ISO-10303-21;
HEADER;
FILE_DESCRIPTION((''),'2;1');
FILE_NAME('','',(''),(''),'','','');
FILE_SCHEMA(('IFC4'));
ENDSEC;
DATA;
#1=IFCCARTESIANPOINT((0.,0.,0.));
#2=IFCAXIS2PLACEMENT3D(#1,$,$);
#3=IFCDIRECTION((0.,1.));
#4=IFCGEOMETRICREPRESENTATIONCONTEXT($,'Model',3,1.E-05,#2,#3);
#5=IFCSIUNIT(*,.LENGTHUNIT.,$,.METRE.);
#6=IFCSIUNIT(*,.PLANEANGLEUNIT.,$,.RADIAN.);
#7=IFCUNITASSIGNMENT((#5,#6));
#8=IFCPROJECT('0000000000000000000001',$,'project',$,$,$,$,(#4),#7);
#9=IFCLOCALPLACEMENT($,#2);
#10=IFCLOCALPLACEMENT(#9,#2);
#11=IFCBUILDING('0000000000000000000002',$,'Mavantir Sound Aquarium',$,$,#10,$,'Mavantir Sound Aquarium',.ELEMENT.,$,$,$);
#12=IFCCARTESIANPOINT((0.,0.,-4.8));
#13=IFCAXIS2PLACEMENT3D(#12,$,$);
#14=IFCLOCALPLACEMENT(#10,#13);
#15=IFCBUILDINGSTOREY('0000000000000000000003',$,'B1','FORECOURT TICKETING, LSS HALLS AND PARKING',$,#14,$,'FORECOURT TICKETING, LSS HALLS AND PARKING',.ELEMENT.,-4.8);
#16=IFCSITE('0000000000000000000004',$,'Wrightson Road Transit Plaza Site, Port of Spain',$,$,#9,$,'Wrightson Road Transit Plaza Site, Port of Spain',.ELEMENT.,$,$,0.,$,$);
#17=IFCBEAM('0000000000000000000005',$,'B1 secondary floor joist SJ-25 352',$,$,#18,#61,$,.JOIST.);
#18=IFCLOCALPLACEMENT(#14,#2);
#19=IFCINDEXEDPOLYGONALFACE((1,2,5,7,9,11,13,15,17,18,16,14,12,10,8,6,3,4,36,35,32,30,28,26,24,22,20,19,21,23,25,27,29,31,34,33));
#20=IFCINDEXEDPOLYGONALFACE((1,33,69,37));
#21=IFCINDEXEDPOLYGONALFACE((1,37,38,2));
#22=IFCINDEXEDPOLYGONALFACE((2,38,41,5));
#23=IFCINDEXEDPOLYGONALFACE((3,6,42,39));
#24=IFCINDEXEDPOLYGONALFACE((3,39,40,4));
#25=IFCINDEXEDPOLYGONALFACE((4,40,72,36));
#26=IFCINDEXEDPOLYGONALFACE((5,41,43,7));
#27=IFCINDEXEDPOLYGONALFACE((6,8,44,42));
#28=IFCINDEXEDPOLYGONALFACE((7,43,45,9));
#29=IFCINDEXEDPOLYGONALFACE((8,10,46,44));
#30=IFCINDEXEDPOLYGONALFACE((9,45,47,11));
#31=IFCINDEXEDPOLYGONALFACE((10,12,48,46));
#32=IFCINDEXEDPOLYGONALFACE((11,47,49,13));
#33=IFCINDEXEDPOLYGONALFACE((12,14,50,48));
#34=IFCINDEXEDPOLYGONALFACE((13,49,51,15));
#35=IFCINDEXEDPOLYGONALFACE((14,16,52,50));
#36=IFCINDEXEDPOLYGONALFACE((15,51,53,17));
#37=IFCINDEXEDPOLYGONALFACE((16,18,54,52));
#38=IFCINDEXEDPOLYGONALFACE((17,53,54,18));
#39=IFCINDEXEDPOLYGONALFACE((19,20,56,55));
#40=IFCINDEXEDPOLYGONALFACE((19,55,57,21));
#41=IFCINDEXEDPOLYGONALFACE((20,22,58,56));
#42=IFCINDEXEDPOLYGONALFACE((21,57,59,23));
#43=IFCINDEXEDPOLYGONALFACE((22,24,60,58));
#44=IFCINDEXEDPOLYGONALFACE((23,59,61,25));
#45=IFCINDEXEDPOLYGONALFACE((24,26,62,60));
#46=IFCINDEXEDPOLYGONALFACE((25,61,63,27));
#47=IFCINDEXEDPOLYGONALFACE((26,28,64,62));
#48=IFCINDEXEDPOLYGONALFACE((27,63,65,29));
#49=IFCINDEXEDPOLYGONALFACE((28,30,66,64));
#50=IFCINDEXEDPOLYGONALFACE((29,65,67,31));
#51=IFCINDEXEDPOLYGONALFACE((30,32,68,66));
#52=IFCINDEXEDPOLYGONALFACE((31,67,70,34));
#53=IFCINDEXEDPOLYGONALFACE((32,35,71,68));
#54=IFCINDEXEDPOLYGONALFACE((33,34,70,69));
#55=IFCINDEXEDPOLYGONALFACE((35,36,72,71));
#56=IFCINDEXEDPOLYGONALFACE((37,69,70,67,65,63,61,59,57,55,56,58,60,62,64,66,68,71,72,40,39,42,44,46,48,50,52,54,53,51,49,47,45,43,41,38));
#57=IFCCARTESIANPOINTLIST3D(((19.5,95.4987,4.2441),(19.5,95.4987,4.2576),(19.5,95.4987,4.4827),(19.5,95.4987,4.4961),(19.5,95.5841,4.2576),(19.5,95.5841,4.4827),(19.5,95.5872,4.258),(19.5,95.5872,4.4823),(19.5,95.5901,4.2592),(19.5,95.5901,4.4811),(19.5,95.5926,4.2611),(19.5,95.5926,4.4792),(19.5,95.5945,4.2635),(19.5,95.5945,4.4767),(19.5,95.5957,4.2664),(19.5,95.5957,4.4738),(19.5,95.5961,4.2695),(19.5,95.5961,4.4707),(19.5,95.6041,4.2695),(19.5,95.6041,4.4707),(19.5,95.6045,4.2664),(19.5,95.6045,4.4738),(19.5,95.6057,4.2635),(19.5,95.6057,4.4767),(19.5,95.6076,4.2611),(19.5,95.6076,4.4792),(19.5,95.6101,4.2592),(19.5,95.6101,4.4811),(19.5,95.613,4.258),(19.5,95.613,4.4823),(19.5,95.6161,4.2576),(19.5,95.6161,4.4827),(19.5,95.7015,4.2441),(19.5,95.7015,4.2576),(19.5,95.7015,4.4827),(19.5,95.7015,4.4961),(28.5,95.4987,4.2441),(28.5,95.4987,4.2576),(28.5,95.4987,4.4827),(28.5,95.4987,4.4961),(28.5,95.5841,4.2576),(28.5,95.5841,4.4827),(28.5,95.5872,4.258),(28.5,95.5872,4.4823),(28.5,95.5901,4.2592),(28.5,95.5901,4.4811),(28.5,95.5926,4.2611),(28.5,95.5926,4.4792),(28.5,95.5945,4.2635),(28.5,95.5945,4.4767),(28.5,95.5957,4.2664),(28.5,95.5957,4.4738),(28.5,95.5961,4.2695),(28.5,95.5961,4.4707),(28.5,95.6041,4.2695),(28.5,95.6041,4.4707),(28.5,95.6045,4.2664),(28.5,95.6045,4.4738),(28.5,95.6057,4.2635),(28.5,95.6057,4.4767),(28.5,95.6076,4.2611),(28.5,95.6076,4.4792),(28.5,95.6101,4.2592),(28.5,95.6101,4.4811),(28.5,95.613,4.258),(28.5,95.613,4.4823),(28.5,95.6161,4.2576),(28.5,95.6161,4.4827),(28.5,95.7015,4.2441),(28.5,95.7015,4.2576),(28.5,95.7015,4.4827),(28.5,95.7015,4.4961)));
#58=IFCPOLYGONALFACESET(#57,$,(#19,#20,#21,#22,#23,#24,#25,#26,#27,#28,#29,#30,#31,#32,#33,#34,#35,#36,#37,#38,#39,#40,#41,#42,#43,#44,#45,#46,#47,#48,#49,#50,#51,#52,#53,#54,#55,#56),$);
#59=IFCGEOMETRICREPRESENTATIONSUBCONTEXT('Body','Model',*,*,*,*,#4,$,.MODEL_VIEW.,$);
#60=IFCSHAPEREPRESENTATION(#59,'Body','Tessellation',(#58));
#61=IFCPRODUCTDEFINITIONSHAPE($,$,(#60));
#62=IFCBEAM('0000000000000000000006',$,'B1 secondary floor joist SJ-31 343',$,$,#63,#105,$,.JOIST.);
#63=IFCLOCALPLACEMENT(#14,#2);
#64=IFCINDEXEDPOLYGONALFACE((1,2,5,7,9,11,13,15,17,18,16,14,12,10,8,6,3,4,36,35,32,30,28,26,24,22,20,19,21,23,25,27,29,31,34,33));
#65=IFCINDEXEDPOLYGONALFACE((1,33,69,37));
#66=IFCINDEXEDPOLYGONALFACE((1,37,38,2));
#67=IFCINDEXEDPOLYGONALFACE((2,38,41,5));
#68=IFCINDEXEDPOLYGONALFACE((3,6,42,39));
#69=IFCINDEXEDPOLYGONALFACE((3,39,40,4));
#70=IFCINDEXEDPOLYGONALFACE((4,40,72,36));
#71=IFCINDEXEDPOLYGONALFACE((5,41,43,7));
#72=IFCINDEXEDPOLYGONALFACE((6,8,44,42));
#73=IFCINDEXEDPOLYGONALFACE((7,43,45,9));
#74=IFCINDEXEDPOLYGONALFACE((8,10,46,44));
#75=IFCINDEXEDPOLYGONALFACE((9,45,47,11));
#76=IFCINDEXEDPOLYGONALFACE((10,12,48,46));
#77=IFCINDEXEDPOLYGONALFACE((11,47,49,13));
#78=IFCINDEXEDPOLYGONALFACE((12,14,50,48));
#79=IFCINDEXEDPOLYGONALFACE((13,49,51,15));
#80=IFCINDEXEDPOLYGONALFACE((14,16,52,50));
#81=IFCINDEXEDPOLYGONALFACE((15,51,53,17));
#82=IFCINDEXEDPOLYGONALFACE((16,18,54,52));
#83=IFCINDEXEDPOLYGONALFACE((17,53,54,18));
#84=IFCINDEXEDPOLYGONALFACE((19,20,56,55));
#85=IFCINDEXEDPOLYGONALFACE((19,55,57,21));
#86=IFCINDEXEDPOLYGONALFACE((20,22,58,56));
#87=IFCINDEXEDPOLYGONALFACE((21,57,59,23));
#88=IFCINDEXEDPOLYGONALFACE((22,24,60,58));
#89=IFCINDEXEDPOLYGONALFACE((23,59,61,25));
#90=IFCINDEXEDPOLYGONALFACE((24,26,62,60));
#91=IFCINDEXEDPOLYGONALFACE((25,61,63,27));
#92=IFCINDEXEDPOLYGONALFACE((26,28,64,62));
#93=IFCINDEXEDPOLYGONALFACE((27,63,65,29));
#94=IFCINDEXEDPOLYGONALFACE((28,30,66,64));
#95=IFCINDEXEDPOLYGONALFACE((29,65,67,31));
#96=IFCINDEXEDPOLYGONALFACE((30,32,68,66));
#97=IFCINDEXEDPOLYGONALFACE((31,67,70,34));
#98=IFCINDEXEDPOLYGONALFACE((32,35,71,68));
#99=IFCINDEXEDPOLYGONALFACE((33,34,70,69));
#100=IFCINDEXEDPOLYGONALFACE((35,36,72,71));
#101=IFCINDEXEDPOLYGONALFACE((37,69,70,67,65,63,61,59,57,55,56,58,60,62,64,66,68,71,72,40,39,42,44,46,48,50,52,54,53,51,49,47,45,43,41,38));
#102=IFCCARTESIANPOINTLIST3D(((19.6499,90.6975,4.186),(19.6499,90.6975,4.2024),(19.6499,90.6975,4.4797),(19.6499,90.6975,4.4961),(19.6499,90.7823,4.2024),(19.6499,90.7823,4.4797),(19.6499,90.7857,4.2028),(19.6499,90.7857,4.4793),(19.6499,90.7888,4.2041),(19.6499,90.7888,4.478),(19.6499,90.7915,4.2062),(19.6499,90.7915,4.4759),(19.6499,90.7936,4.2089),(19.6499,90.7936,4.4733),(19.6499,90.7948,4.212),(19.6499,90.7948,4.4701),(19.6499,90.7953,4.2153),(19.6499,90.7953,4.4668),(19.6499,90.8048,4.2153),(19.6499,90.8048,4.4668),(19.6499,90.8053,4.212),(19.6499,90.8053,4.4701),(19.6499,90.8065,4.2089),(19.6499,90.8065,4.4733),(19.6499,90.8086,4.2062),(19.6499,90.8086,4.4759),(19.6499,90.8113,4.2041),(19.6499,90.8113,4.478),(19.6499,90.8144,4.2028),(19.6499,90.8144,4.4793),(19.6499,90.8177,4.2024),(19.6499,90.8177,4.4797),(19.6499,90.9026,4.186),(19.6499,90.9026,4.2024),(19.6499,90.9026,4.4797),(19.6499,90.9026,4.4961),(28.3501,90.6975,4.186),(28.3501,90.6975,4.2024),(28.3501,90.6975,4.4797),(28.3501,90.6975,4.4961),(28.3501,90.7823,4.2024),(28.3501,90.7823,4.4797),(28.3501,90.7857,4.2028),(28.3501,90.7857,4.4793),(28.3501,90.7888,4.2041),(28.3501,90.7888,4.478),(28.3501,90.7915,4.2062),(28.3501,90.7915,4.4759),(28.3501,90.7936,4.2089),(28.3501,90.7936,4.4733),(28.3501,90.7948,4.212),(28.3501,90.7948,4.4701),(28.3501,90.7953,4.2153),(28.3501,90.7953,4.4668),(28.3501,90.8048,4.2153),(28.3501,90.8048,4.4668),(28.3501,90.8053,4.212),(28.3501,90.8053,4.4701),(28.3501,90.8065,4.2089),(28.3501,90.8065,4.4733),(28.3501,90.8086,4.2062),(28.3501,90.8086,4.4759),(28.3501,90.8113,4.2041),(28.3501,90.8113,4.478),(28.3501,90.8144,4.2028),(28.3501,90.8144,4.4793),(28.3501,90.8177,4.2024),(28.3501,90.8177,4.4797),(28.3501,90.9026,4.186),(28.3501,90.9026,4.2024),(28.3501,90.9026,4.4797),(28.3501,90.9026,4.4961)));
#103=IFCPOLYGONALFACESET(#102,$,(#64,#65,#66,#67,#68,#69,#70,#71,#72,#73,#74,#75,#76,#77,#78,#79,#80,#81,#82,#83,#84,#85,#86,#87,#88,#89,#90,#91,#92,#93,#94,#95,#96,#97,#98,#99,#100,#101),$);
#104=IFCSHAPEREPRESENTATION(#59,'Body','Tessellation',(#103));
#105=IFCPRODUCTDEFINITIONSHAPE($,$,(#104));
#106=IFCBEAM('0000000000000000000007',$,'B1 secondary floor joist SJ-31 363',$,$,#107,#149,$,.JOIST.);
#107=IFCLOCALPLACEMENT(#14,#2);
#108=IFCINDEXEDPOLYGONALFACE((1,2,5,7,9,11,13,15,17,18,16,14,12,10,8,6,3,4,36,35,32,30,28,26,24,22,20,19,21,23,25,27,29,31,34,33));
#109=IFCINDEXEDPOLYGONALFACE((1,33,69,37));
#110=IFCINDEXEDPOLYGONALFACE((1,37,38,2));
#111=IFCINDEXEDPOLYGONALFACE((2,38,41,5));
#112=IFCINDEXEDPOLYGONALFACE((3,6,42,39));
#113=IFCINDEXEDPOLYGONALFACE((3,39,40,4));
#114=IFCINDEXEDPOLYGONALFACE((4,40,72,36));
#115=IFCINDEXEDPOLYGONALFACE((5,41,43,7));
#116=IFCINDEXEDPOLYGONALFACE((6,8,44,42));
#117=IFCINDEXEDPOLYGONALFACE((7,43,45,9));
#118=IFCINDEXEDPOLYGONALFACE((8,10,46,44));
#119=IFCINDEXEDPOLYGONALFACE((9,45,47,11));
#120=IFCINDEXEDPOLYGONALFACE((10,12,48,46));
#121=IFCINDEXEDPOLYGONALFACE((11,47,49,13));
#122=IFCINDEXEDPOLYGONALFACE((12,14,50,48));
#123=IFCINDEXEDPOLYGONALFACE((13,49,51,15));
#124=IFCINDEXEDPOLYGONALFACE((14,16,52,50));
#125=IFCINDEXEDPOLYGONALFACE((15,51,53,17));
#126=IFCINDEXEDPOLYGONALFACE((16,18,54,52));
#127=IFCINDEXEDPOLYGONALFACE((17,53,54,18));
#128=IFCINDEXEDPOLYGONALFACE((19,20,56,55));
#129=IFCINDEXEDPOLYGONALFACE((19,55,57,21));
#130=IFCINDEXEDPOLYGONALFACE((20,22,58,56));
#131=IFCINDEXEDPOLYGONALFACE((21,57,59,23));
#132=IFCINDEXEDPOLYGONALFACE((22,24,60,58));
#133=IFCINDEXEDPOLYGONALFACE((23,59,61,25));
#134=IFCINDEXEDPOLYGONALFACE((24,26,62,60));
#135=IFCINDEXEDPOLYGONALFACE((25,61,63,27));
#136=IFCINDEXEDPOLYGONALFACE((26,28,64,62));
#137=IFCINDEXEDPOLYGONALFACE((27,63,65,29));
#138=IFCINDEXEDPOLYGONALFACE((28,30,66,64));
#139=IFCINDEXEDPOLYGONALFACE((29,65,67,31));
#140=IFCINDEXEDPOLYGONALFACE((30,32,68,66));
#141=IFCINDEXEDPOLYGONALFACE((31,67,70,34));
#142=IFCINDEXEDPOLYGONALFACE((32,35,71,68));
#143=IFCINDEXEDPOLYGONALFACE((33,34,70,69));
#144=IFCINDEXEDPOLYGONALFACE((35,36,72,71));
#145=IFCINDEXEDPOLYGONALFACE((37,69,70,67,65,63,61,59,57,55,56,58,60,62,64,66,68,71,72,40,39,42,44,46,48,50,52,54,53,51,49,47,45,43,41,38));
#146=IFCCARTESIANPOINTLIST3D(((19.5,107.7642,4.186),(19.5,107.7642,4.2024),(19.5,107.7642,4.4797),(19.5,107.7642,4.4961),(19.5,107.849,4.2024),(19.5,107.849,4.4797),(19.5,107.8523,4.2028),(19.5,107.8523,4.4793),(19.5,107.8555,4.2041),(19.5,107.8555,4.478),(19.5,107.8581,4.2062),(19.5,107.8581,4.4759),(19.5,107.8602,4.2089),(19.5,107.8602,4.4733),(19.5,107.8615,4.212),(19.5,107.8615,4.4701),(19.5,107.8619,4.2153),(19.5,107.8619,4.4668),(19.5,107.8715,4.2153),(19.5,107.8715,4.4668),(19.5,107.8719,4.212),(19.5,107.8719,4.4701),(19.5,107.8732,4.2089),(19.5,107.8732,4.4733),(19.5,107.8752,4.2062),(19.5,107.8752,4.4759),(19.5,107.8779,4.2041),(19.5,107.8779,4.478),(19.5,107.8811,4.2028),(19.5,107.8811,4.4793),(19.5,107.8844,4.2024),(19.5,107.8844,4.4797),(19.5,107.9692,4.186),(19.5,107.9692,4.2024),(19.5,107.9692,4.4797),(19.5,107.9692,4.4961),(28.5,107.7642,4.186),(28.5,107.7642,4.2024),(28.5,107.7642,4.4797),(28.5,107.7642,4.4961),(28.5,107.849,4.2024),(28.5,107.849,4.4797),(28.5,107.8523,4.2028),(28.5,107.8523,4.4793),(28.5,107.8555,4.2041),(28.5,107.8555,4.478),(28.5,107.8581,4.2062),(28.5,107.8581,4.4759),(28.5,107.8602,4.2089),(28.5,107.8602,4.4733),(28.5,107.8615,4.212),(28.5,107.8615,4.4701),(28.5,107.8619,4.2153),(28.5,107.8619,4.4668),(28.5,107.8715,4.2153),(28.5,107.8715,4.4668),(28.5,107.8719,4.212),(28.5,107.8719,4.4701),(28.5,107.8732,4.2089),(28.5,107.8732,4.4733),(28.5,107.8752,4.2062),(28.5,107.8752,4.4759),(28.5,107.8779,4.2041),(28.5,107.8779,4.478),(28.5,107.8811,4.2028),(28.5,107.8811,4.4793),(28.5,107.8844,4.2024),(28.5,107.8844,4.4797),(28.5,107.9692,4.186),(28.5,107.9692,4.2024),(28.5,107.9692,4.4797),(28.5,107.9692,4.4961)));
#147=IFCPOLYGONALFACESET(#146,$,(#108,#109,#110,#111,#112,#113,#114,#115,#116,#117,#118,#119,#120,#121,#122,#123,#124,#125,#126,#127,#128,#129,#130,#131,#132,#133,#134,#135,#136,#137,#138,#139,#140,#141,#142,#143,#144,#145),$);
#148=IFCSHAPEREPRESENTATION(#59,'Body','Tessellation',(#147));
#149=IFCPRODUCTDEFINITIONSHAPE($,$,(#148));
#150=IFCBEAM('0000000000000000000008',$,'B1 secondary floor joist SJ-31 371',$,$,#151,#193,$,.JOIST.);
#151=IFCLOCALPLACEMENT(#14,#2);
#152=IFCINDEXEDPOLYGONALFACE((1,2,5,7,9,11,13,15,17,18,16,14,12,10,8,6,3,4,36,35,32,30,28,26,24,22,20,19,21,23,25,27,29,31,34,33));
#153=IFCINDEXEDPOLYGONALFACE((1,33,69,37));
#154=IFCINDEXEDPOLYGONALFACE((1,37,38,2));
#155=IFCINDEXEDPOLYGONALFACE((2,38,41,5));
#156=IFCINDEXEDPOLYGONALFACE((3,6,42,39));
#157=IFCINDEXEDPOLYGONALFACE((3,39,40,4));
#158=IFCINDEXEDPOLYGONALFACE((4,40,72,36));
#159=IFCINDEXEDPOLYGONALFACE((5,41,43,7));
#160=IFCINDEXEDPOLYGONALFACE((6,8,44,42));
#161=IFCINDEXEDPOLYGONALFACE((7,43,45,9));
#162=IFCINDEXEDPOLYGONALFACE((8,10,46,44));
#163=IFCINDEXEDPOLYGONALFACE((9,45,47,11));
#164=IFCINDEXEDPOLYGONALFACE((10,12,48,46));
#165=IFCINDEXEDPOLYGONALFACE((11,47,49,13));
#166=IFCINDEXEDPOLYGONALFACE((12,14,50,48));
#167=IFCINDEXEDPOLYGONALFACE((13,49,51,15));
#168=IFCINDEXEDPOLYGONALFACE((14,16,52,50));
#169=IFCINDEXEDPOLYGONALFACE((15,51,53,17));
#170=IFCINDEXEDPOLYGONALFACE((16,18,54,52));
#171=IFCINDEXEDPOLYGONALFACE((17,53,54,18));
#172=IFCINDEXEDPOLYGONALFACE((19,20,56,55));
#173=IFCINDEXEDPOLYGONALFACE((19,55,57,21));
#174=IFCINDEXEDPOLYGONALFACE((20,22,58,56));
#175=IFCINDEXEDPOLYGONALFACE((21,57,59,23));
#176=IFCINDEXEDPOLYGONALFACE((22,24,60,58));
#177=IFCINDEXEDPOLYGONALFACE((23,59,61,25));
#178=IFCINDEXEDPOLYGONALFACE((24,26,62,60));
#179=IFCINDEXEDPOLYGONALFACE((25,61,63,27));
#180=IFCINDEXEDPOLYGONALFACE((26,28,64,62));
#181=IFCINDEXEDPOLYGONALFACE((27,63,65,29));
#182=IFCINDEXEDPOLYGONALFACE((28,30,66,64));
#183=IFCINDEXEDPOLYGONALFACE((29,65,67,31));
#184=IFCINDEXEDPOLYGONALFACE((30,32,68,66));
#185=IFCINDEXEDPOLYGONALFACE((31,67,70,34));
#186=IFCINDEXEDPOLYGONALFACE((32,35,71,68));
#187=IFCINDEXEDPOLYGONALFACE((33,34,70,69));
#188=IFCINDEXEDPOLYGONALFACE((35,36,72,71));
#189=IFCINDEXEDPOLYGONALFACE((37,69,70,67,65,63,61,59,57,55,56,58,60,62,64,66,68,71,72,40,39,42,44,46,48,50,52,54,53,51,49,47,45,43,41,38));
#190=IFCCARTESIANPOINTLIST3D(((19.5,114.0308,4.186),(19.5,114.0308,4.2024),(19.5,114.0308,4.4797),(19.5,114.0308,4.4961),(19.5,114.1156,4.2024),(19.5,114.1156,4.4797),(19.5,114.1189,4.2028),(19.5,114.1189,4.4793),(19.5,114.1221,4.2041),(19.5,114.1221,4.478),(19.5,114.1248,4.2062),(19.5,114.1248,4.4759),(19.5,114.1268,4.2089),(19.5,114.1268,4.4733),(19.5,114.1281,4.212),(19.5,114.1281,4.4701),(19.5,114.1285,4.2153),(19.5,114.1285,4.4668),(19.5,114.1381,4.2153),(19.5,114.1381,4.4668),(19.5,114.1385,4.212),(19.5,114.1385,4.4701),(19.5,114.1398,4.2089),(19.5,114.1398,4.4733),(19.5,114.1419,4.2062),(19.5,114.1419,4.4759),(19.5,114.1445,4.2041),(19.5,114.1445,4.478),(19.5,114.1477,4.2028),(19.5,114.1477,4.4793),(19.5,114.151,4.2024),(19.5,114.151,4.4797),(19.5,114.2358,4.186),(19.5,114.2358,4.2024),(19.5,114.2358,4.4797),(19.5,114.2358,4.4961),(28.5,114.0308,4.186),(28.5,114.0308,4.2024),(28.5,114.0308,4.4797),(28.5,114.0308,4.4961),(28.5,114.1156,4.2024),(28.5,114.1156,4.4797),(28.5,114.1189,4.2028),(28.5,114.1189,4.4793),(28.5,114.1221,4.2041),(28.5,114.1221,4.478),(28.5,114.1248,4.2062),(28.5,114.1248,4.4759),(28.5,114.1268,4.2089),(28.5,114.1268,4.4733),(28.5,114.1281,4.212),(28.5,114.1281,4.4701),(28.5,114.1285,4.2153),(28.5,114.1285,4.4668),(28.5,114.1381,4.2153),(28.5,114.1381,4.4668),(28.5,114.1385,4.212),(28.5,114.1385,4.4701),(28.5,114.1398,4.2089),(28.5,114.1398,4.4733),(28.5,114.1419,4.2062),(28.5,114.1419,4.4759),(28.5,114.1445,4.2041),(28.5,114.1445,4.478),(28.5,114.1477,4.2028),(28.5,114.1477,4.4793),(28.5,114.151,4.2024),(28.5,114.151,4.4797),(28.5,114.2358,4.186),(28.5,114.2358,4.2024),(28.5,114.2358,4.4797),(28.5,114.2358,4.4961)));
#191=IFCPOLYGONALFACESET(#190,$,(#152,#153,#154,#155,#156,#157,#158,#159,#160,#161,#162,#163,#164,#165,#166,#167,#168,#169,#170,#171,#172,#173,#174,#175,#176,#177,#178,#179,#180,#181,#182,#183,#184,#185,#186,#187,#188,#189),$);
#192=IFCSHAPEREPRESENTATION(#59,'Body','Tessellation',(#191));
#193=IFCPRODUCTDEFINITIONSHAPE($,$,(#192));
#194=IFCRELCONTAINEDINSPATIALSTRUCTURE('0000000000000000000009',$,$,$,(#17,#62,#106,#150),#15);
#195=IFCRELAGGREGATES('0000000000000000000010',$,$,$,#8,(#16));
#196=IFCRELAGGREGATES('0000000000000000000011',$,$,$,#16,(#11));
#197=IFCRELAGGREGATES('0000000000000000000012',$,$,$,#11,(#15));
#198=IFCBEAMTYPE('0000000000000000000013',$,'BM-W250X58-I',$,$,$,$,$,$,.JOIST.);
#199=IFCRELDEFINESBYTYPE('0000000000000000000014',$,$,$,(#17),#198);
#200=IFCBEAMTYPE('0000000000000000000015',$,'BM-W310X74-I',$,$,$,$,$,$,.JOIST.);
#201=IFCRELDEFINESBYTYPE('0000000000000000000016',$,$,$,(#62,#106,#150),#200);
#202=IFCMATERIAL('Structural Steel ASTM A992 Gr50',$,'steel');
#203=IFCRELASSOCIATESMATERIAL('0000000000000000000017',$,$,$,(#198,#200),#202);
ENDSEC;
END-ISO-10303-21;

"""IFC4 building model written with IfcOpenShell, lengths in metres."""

from ifc_helpers import new_model, si_unit, direction, frame, origin, origin_2d, place, context, subcontext, project, spatial, i_section, extrude, material, material_profile, profile_set, type_object, element, save


model = new_model("IFC4")

# Units and contexts
model_context = context("Model", 3, precision=1e-05, world=origin(), true_north=direction((0.0, 1.0)))
body_context = subcontext(model_context, "Body", "Model", "MODEL_VIEW")
ifc_project = project(units=[si_unit("LENGTHUNIT", "METRE"), si_unit("PLANEANGLEUNIT", "RADIAN")], contexts=[model_context])

# Site, building, storey
site_placement = place(None, origin())
site = spatial("IfcSite", under=ifc_project, at=site_placement, Name="Wrightson Road Transit Plaza Site, Port of Spain", LongName="Wrightson Road Transit Plaza Site, Port of Spain", CompositionType="ELEMENT", RefElevation=0.0)
building_placement = place(site_placement, origin())
building = spatial("IfcBuilding", under=site, at=building_placement, Name="Mavantir Sound Aquarium", LongName="Mavantir Sound Aquarium", CompositionType="ELEMENT")
storey_placement = place(building_placement, frame((0.0, 0.0, -4.8)))
storey = spatial("IfcBuildingStorey", under=building, at=storey_placement, Name="B1", Description="FORECOURT TICKETING, LSS HALLS AND PARKING", LongName="FORECOURT TICKETING, LSS HALLS AND PARKING", CompositionType="ELEMENT", Elevation=-4.8)

# Beams
ifc_material_1 = material(Name="Structural Steel ASTM A992 Gr50", Category="steel")
ifc_material_profile_1 = material_profile(ifc_material_1, i_section(OverallWidth=0.2029, OverallDepth=0.252, WebThickness=0.0081, FlangeThickness=0.0134, FilletRadius=0.012, at=origin_2d()), Name="W250X58")
ifc_profile_set_1 = profile_set([ifc_material_profile_1], Name="Structural Steel ASTM A992 Gr50")
beam_type_1 = type_object("IfcBeamType", Name="BM-W250X58-I", PredefinedType="JOIST", material=ifc_profile_set_1)
beam_1_placement = place(storey_placement, frame((19.5, 95.6001, 4.3701), z_axis=(1.0, 0.0, 0.0), x_axis=(0.0, 1.0, 0.0)))
element("IfcBeam", 1, at=beam_1_placement, inside=storey, type_object=beam_type_1, Name="B1 secondary floor joist SJ-25 352", PredefinedType="JOIST", context=body_context, shape_type="SweptSolid", body=[
    extrude(i_section(OverallWidth=0.2029, OverallDepth=0.252, WebThickness=0.0081, FlangeThickness=0.0134, FilletRadius=0.012, at=origin_2d()), origin(), (0.0, 0.0, 1.0), 9.0),
])
ifc_material_profile_2 = material_profile(ifc_material_1, i_section(OverallWidth=0.2051, OverallDepth=0.3101, WebThickness=0.0095, FlangeThickness=0.0164, FilletRadius=0.0129, at=origin_2d()), Name="W310X74")
ifc_profile_set_2 = profile_set([ifc_material_profile_2], Name="Structural Steel ASTM A992 Gr50")
beam_type_2 = type_object("IfcBeamType", Name="BM-W310X74-I", PredefinedType="JOIST", material=ifc_profile_set_2)
beam_2_placement = place(storey_placement, frame((19.6499, 90.8, 4.3411), z_axis=(1.0, 0.0, 0.0), x_axis=(0.0, 1.0, 0.0)))
element("IfcBeam", 2, at=beam_2_placement, inside=storey, type_object=beam_type_2, Name="B1 secondary floor joist SJ-31 343", PredefinedType="JOIST", context=body_context, shape_type="SweptSolid", body=[
    extrude(i_section(OverallWidth=0.2051, OverallDepth=0.3101, WebThickness=0.0095, FlangeThickness=0.0164, FilletRadius=0.0129, at=origin_2d()), origin(), (0.0, 0.0, 1.0), 8.7002),
])
for number, where, z_axis, x_axis, name in (
    (3, (19.5, 107.8667, 4.3411), (1.0, 0.0, 0.0), (0.0, 1.0, 0.0), "B1 secondary floor joist SJ-31 363"),
    (4, (19.5, 114.1333, 4.3411), (1.0, 0.0, 0.0), (0.0, 1.0, 0.0), "B1 secondary floor joist SJ-31 371"),
):
    element("IfcBeam", number, at=place(storey_placement, frame(where, z_axis=z_axis, x_axis=x_axis)), inside=storey, type_object=beam_type_2, Name=name, PredefinedType="JOIST", context=body_context, shape_type="SweptSolid", body=[
        extrude(i_section(OverallWidth=0.2051, OverallDepth=0.3101, WebThickness=0.0095, FlangeThickness=0.0164, FilletRadius=0.0129, at=origin_2d()), origin(), (0.0, 0.0, 1.0), 9.0),
    ])

save(model, "model.ifc")
